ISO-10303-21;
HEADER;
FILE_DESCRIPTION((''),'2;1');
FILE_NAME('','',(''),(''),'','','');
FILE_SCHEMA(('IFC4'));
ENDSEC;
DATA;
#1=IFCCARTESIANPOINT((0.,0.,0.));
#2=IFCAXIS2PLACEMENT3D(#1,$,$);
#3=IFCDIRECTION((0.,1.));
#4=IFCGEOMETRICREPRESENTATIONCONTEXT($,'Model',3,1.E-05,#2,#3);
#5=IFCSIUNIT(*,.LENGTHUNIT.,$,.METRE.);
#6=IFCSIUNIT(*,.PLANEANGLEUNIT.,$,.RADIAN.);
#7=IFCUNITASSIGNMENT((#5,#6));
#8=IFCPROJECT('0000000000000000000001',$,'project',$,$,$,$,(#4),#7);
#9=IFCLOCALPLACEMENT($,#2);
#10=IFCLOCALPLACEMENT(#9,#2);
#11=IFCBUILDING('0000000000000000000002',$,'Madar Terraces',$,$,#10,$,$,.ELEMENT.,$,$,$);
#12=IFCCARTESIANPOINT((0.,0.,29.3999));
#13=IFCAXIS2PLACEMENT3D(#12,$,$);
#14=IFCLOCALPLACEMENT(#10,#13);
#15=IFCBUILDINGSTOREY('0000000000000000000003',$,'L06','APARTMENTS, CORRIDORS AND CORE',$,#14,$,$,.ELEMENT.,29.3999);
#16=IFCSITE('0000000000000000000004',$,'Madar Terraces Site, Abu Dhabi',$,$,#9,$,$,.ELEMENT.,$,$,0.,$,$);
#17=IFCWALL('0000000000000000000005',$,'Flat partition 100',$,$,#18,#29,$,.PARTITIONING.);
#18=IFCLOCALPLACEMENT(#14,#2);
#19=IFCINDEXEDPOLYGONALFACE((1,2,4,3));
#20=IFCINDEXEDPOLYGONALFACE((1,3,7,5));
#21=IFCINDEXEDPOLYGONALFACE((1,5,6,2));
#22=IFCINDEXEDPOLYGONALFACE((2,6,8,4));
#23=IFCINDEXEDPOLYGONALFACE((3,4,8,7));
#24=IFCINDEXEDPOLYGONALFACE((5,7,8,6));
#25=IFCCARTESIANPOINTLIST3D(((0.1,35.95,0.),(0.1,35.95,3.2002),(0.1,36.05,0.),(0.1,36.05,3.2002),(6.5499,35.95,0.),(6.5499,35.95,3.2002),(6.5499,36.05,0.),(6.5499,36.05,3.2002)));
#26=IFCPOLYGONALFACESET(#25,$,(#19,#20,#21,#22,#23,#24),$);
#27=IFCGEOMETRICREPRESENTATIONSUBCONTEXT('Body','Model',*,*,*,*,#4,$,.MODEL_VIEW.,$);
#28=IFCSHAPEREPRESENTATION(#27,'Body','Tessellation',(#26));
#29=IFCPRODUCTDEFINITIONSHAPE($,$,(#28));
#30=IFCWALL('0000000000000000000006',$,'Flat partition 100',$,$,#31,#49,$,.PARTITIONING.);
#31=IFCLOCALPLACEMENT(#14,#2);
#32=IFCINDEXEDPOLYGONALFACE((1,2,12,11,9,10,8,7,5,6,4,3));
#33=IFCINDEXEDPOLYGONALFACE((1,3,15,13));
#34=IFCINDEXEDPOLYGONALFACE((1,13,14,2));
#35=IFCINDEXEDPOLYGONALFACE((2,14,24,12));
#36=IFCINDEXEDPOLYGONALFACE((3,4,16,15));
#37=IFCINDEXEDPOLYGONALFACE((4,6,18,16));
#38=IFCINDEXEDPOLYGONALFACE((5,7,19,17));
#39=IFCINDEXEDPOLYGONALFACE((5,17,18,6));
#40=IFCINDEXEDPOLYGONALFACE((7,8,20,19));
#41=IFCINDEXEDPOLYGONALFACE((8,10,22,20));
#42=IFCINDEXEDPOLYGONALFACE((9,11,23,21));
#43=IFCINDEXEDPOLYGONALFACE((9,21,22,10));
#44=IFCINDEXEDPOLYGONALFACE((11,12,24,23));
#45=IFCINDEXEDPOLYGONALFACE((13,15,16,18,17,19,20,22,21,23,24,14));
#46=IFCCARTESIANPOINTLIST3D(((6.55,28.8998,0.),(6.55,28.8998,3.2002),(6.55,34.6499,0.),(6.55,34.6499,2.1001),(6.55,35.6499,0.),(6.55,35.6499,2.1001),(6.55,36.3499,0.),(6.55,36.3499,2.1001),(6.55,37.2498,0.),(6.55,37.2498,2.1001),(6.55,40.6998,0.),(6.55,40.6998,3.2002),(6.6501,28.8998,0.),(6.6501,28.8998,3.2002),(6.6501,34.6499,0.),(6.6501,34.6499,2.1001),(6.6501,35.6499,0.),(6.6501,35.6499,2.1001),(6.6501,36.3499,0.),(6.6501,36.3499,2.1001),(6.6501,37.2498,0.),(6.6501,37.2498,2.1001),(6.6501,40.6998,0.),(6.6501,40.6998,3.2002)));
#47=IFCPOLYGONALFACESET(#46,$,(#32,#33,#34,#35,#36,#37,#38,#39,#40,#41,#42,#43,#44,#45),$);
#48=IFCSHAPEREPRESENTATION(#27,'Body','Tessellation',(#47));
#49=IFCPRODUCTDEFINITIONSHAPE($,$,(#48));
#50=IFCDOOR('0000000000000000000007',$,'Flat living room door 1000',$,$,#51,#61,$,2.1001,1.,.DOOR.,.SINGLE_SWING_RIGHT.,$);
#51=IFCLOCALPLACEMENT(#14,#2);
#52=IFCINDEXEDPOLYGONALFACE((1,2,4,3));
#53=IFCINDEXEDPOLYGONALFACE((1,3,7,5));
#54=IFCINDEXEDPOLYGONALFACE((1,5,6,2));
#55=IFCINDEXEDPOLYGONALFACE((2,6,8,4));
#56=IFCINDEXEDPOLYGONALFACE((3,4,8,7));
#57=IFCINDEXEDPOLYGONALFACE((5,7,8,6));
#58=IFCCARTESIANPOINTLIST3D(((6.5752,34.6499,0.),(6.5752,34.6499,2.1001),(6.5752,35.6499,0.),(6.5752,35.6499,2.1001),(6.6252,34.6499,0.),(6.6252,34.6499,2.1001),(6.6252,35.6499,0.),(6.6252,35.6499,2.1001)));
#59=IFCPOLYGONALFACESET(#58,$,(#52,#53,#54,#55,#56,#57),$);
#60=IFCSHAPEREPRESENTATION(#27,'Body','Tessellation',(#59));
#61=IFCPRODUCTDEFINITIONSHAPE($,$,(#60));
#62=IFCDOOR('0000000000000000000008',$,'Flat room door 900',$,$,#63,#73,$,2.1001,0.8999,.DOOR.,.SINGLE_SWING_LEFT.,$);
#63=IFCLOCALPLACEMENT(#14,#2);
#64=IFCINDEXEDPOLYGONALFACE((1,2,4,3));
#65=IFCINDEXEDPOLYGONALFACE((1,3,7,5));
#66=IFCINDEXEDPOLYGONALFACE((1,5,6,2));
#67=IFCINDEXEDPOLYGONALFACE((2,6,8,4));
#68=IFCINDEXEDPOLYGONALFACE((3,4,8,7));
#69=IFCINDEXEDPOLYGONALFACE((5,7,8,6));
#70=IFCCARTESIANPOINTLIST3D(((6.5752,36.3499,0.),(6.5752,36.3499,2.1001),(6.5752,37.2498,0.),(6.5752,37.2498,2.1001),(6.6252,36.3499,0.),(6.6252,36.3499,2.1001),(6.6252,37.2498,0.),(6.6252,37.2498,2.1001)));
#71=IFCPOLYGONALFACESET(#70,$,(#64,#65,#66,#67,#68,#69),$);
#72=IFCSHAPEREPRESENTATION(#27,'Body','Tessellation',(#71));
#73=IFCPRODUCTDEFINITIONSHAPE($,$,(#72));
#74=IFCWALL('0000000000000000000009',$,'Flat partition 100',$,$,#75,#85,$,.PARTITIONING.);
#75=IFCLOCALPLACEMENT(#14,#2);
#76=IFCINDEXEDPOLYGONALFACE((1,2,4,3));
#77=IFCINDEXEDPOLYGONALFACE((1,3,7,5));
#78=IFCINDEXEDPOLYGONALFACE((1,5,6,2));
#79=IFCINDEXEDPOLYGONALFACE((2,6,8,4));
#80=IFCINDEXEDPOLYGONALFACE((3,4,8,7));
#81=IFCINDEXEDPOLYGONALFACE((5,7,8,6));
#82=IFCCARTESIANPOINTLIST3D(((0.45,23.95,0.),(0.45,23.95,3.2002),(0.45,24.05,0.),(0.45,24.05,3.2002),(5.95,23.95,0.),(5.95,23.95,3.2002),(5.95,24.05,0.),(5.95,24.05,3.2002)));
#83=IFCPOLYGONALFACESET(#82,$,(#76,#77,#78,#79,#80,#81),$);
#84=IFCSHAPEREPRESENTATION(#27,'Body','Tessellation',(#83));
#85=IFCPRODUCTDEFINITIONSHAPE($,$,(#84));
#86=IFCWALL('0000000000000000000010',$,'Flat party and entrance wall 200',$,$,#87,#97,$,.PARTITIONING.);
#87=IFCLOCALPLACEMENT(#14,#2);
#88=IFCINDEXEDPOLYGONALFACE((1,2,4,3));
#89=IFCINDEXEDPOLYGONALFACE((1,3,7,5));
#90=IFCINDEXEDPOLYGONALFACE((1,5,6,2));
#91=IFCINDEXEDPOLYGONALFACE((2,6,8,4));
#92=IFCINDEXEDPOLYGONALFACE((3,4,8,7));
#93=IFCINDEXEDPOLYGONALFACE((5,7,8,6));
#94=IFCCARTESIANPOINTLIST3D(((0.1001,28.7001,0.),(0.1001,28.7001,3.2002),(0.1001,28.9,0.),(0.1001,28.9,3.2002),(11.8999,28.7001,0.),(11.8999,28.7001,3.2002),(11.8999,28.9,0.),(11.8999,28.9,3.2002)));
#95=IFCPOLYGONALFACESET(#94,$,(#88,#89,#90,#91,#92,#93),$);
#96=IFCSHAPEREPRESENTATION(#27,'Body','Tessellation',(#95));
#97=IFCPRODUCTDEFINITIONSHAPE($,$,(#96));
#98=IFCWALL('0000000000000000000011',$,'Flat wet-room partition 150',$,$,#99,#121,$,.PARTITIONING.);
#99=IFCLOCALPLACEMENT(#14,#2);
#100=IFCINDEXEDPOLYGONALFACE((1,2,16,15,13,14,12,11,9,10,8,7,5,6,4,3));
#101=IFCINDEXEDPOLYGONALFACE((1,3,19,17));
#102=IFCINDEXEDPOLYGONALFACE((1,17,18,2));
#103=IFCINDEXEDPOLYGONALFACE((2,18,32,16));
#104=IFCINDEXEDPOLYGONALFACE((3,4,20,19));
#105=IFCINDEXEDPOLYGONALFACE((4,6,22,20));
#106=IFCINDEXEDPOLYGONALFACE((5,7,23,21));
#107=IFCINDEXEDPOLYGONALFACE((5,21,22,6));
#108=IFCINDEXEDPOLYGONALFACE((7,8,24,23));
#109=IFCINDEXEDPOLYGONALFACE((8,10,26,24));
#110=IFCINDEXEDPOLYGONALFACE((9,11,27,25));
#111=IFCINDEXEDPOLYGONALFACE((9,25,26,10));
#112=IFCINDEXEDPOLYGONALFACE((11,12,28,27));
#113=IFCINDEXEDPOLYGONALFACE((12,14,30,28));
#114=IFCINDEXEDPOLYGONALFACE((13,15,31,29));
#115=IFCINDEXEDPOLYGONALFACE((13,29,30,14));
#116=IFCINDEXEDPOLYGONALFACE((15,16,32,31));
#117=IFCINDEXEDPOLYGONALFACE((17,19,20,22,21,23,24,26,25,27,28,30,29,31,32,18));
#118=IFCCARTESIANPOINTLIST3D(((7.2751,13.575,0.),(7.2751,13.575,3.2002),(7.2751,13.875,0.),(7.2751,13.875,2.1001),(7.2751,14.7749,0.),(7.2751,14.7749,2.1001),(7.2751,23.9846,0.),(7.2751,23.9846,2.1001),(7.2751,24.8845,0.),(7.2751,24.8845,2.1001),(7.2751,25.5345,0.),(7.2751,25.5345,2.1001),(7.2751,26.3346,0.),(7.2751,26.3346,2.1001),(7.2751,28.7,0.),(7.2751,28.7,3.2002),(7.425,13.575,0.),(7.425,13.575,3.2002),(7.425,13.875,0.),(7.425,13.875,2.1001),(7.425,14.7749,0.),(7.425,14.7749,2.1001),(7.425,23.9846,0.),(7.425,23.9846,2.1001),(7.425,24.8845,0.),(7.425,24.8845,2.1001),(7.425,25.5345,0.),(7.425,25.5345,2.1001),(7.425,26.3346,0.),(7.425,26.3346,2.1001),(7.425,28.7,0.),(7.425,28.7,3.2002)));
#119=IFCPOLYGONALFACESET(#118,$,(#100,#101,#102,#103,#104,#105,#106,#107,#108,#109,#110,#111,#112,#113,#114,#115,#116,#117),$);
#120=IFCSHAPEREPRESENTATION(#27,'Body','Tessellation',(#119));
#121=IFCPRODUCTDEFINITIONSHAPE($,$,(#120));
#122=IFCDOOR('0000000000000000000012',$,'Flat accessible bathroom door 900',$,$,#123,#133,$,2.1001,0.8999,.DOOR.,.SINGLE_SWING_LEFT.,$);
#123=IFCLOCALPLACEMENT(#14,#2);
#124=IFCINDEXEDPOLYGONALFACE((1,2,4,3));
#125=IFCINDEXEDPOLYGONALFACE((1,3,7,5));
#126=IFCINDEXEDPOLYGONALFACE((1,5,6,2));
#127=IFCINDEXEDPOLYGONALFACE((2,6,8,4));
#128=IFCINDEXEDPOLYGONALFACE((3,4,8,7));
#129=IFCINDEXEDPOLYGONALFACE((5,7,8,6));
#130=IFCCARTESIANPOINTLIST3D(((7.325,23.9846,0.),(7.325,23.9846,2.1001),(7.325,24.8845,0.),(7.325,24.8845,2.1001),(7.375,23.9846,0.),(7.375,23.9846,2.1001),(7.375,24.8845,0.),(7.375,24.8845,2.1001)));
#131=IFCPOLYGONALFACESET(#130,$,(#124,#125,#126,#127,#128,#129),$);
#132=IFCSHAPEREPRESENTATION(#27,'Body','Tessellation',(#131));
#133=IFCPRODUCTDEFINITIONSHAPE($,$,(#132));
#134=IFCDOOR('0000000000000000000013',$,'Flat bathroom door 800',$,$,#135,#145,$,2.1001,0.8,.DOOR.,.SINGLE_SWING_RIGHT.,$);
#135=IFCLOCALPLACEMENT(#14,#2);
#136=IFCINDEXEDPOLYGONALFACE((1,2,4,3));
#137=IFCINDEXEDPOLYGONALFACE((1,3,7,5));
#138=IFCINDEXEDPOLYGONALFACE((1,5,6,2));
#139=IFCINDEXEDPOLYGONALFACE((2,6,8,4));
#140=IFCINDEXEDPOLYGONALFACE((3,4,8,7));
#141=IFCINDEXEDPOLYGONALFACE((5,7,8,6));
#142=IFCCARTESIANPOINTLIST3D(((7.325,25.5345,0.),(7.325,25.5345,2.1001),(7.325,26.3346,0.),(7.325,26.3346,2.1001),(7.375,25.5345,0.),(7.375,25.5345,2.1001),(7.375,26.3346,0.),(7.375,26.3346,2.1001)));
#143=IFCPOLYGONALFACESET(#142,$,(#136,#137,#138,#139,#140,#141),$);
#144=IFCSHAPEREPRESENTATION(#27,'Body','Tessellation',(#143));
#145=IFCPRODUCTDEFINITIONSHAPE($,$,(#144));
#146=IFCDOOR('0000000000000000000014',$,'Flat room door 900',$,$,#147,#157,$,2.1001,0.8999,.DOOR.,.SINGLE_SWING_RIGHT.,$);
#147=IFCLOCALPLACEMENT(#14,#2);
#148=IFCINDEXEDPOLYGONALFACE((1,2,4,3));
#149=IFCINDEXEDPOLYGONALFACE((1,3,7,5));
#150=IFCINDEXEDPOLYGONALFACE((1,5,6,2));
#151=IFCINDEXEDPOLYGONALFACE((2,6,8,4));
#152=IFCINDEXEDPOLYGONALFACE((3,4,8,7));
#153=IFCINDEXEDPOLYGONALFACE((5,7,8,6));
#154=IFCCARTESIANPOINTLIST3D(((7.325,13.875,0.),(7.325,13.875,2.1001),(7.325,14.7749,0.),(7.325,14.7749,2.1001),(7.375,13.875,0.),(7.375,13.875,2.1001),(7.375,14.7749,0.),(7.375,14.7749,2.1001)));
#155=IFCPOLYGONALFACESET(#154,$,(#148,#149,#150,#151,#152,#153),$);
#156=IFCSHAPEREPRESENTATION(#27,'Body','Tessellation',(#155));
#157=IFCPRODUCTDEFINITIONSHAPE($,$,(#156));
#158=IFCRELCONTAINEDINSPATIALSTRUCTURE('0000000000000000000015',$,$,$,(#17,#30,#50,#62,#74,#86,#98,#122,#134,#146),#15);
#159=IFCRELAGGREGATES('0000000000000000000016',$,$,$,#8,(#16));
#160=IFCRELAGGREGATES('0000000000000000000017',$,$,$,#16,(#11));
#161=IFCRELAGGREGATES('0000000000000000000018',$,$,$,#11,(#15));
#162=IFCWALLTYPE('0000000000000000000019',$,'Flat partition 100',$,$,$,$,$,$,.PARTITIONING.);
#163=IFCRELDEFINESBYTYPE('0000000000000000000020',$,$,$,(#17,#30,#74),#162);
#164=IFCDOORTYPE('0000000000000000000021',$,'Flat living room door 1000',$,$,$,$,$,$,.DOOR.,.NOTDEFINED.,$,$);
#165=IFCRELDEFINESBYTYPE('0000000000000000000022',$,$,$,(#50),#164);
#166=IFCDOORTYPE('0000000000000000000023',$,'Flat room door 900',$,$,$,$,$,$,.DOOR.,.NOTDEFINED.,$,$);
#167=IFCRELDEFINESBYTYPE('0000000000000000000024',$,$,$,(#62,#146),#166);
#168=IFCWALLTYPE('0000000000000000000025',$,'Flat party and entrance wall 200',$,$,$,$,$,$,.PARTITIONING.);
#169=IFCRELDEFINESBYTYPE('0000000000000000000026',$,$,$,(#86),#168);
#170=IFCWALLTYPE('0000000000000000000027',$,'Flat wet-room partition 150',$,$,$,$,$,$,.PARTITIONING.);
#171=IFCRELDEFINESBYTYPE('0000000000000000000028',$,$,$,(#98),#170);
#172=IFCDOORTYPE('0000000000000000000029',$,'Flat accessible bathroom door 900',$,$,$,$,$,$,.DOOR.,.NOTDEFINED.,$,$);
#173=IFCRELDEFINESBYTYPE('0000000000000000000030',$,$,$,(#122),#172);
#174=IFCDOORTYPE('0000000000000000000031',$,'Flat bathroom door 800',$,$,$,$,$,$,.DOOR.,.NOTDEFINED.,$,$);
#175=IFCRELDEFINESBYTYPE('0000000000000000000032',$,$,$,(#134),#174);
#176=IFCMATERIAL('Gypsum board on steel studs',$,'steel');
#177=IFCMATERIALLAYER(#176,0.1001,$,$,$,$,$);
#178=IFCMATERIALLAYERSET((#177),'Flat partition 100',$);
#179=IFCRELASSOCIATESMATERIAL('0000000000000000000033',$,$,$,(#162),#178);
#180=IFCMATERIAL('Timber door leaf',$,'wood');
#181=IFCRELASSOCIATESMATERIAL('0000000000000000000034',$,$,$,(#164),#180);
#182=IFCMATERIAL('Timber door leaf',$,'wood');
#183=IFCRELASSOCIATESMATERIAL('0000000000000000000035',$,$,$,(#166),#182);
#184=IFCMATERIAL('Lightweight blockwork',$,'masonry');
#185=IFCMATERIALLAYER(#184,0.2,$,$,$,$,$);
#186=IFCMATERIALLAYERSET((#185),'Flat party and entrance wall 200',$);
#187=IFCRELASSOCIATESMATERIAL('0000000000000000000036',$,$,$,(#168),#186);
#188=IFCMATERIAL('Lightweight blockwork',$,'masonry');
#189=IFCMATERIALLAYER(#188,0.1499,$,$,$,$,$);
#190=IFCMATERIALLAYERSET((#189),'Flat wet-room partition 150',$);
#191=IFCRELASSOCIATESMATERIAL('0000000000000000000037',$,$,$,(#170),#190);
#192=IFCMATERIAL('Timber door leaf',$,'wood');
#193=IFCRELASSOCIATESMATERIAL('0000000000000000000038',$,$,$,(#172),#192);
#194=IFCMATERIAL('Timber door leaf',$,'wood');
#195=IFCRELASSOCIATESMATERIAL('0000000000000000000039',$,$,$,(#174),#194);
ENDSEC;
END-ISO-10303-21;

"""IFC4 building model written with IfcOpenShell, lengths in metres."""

from ifc_helpers import new_model, si_unit, direction, frame, frame_2d, origin, place, context, subcontext, project, spatial, rectangle, extrude, material, layer, layer_set, type_object, element, fill, save


model = new_model("IFC4")

# Units and contexts
model_context = context("Model", 3, precision=1e-05, world=origin(), true_north=direction((0.0, 1.0)))
body_context = subcontext(model_context, "Body", "Model", "MODEL_VIEW")
ifc_project = project(units=[si_unit("LENGTHUNIT", "METRE"), si_unit("PLANEANGLEUNIT", "RADIAN")], contexts=[model_context])

# Site, building, storey
site_placement = place(None, origin())
site = spatial("IfcSite", under=ifc_project, at=site_placement, Name="Madar Terraces Site, Abu Dhabi", CompositionType="ELEMENT", RefElevation=0.0)
building_placement = place(site_placement, origin())
building = spatial("IfcBuilding", under=site, at=building_placement, Name="Madar Terraces", CompositionType="ELEMENT")
storey_placement = place(building_placement, frame((0.0, 0.0, 29.3999)))
storey = spatial("IfcBuildingStorey", under=building, at=storey_placement, Name="L06", Description="APARTMENTS, CORRIDORS AND CORE", CompositionType="ELEMENT", Elevation=29.3999)

# Wall
ifc_material_1 = material(Name="Gypsum board on steel studs", Category="steel")
ifc_layer_1 = layer(ifc_material_1, 0.1001)
ifc_layer_set_1 = layer_set([ifc_layer_1], Name="Flat partition 100")
wall_type_1 = type_object("IfcWallType", Name="Flat partition 100", PredefinedType="PARTITIONING", material=ifc_layer_set_1)
wall_1_placement = place(storey_placement, frame((6.55, 36.0, 0.0), z_axis=(0.0, 0.0, 1.0), x_axis=(-1.0, 0.0, 0.0)))
element("IfcWall", 1, at=wall_1_placement, inside=storey, type_object=wall_type_1, Name="Flat partition 100", PredefinedType="PARTITIONING", context=body_context, shape_type="SweptSolid", body=[
    extrude(rectangle(XDim=6.45, YDim=0.1001, at=frame_2d((3.2251, 0.0))), origin(), (0.0, 0.0, 1.0), 3.2002),
])

# Wall, openings, doors
wall_2_placement = place(storey_placement, frame((6.6001, 28.8999, 0.0), z_axis=(0.0, 0.0, 1.0), x_axis=(0.0, 1.0, 0.0)))
wall_2 = element("IfcWall", 2, at=wall_2_placement, inside=storey, type_object=wall_type_1, Name="Flat partition 100", PredefinedType="PARTITIONING", context=body_context, shape_type="SweptSolid", body=[
    extrude(rectangle(XDim=11.8, YDim=0.1001, at=frame_2d((5.8999, 0.0))), origin(), (0.0, 0.0, 1.0), 3.2002),
])
opening_1_placement = place(wall_2_placement, frame((5.75, 0.0, 0.0)))
opening_1 = element("IfcOpeningElement", 3, at=opening_1_placement, cuts=wall_2, PredefinedType="OPENING", context=body_context, shape_type="SweptSolid", body=[
    extrude(rectangle(XDim=1.0, YDim=2.1001, at=frame_2d((0.5, 1.05))), frame((0.0, 0.0601, 0.0), z_axis=(0.0, -1.0, 0.0), x_axis=(1.0, 0.0, 0.0)), (0.0, 0.0, 1.0), 0.1201),
])
opening_2_placement = place(wall_2_placement, frame((7.45, 0.0, 0.0)))
opening_2 = element("IfcOpeningElement", 4, at=opening_2_placement, cuts=wall_2, PredefinedType="OPENING", context=body_context, shape_type="SweptSolid", body=[
    extrude(rectangle(XDim=0.8999, YDim=2.1001, at=frame_2d((0.45, 1.05))), frame((0.0, 0.0601, 0.0), z_axis=(0.0, -1.0, 0.0), x_axis=(1.0, 0.0, 0.0)), (0.0, 0.0, 1.0), 0.1201),
])
ifc_material_2 = material(Name="Timber door leaf", Category="wood")
door_type_1 = type_object("IfcDoorType", Name="Flat living room door 1000", OperationType="NOTDEFINED", PredefinedType="DOOR", material=ifc_material_2)
door_1_placement = place(opening_1_placement, origin())
door_1 = element("IfcDoor", 5, at=door_1_placement, inside=storey, type_object=door_type_1, Name="Flat living room door 1000", OperationType="SINGLE_SWING_RIGHT", OverallHeight=2.1001, OverallWidth=1.0, PredefinedType="DOOR", context=body_context, shape_type="SweptSolid", body=[
    extrude(rectangle(XDim=1.0, YDim=2.1001, at=frame_2d((0.5, 1.05))), frame((0.0, 0.0249, 0.0), z_axis=(0.0, -1.0, 0.0), x_axis=(1.0, 0.0, 0.0)), (0.0, 0.0, 1.0), 0.05),
])
fill(opening_1, door_1)
ifc_material_3 = material(Name="Timber door leaf", Category="wood")
door_type_2 = type_object("IfcDoorType", Name="Flat room door 900", OperationType="NOTDEFINED", PredefinedType="DOOR", material=ifc_material_3)
door_2_placement = place(opening_2_placement, origin())
door_2 = element("IfcDoor", 6, at=door_2_placement, inside=storey, type_object=door_type_2, Name="Flat room door 900", OperationType="SINGLE_SWING_LEFT", OverallHeight=2.1001, OverallWidth=0.8999, PredefinedType="DOOR", context=body_context, shape_type="SweptSolid", body=[
    extrude(rectangle(XDim=0.8999, YDim=2.1001, at=frame_2d((0.45, 1.05))), frame((0.0, 0.0249, 0.0), z_axis=(0.0, -1.0, 0.0), x_axis=(1.0, 0.0, 0.0)), (0.0, 0.0, 1.0), 0.05),
])
fill(opening_2, door_2)

# Walls
wall_3_placement = place(storey_placement, frame((5.95, 24.0, 0.0), z_axis=(0.0, 0.0, 1.0), x_axis=(-1.0, 0.0, 0.0)))
element("IfcWall", 7, at=wall_3_placement, inside=storey, type_object=wall_type_1, Name="Flat partition 100", PredefinedType="PARTITIONING", context=body_context, shape_type="SweptSolid", body=[
    extrude(rectangle(XDim=5.5, YDim=0.1001, at=frame_2d((2.75, 0.0))), origin(), (0.0, 0.0, 1.0), 3.2002),
])
ifc_material_4 = material(Name="Lightweight blockwork", Category="masonry")
ifc_layer_2 = layer(ifc_material_4, 0.2)
ifc_layer_set_2 = layer_set([ifc_layer_2], Name="Flat party and entrance wall 200")
wall_type_2 = type_object("IfcWallType", Name="Flat party and entrance wall 200", PredefinedType="PARTITIONING", material=ifc_layer_set_2)
wall_4_placement = place(storey_placement, frame((0.1001, 28.8, 0.0), z_axis=(0.0, 0.0, 1.0), x_axis=(1.0, 0.0, 0.0)))
element("IfcWall", 8, at=wall_4_placement, inside=storey, type_object=wall_type_2, Name="Flat party and entrance wall 200", PredefinedType="PARTITIONING", context=body_context, shape_type="SweptSolid", body=[
    extrude(rectangle(XDim=11.7998, YDim=0.2, at=frame_2d((5.8999, 0.0))), origin(), (0.0, 0.0, 1.0), 3.2002),
])

# Wall, openings, doors
ifc_material_5 = material(Name="Lightweight blockwork", Category="masonry")
ifc_layer_3 = layer(ifc_material_5, 0.1499)
ifc_layer_set_3 = layer_set([ifc_layer_3], Name="Flat wet-room partition 150")
wall_type_3 = type_object("IfcWallType", Name="Flat wet-room partition 150", PredefinedType="PARTITIONING", material=ifc_layer_set_3)
wall_5_placement = place(storey_placement, frame((7.3501, 28.7, 0.0), z_axis=(0.0, 0.0, 1.0), x_axis=(0.0, -1.0, 0.0)))
wall_5 = element("IfcWall", 9, at=wall_5_placement, inside=storey, type_object=wall_type_3, Name="Flat wet-room partition 150", PredefinedType="PARTITIONING", context=body_context, shape_type="SweptSolid", body=[
    extrude(rectangle(XDim=15.125, YDim=0.1499, at=frame_2d((7.5625, 0.0))), origin(), (0.0, 0.0, 1.0), 3.2002),
])
opening_3_placement = place(wall_5_placement, frame((13.925, 0.0, 0.0)))
opening_3 = element("IfcOpeningElement", 10, at=opening_3_placement, cuts=wall_5, PredefinedType="OPENING", context=body_context, shape_type="SweptSolid", body=[
    extrude(rectangle(XDim=0.8999, YDim=2.1001, at=frame_2d((0.45, 1.05))), frame((0.0, 0.085, 0.0), z_axis=(0.0, -1.0, 0.0), x_axis=(1.0, 0.0, 0.0)), (0.0, 0.0, 1.0), 0.1699),
])
opening_4_placement = place(wall_5_placement, frame((3.8154, 0.0, 0.0)))
opening_4 = element("IfcOpeningElement", 11, at=opening_4_placement, cuts=wall_5, PredefinedType="OPENING", context=body_context, shape_type="SweptSolid", body=[
    extrude(rectangle(XDim=0.8999, YDim=2.1001, at=frame_2d((0.45, 1.05))), frame((0.0, 0.085, 0.0), z_axis=(0.0, -1.0, 0.0), x_axis=(1.0, 0.0, 0.0)), (0.0, 0.0, 1.0), 0.1699),
])
opening_5_placement = place(wall_5_placement, frame((2.3655, 0.0, 0.0)))
opening_5 = element("IfcOpeningElement", 12, at=opening_5_placement, cuts=wall_5, PredefinedType="OPENING", context=body_context, shape_type="SweptSolid", body=[
    extrude(rectangle(XDim=0.8, YDim=2.1001, at=frame_2d((0.3999, 1.05))), frame((0.0, 0.085, 0.0), z_axis=(0.0, -1.0, 0.0), x_axis=(1.0, 0.0, 0.0)), (0.0, 0.0, 1.0), 0.1699),
])
ifc_material_6 = material(Name="Timber door leaf", Category="wood")
door_type_3 = type_object("IfcDoorType", Name="Flat accessible bathroom door 900", OperationType="NOTDEFINED", PredefinedType="DOOR", material=ifc_material_6)
door_3_placement = place(opening_4_placement, origin())
door_3 = element("IfcDoor", 13, at=door_3_placement, inside=storey, type_object=door_type_3, Name="Flat accessible bathroom door 900", OperationType="SINGLE_SWING_LEFT", OverallHeight=2.1001, OverallWidth=0.8999, PredefinedType="DOOR", context=body_context, shape_type="SweptSolid", body=[
    extrude(rectangle(XDim=0.8999, YDim=2.1001, at=frame_2d((0.45, 1.05))), frame((0.0, 0.0249, 0.0), z_axis=(0.0, -1.0, 0.0), x_axis=(1.0, 0.0, 0.0)), (0.0, 0.0, 1.0), 0.05),
])
fill(opening_4, door_3)
ifc_material_7 = material(Name="Timber door leaf", Category="wood")
door_type_4 = type_object("IfcDoorType", Name="Flat bathroom door 800", OperationType="NOTDEFINED", PredefinedType="DOOR", material=ifc_material_7)
door_4_placement = place(opening_5_placement, origin())
door_4 = element("IfcDoor", 14, at=door_4_placement, inside=storey, type_object=door_type_4, Name="Flat bathroom door 800", OperationType="SINGLE_SWING_RIGHT", OverallHeight=2.1001, OverallWidth=0.8, PredefinedType="DOOR", context=body_context, shape_type="SweptSolid", body=[
    extrude(rectangle(XDim=0.8, YDim=2.1001, at=frame_2d((0.3999, 1.05))), frame((0.0, 0.0249, 0.0), z_axis=(0.0, -1.0, 0.0), x_axis=(1.0, 0.0, 0.0)), (0.0, 0.0, 1.0), 0.05),
])
fill(opening_5, door_4)
door_5_placement = place(opening_3_placement, origin())
door_5 = element("IfcDoor", 15, at=door_5_placement, inside=storey, type_object=door_type_2, Name="Flat room door 900", OperationType="SINGLE_SWING_RIGHT", OverallHeight=2.1001, OverallWidth=0.8999, PredefinedType="DOOR", context=body_context, shape_type="SweptSolid", body=[
    extrude(rectangle(XDim=0.8999, YDim=2.1001, at=frame_2d((0.45, 1.05))), frame((0.0, 0.0249, 0.0), z_axis=(0.0, -1.0, 0.0), x_axis=(1.0, 0.0, 0.0)), (0.0, 0.0, 1.0), 0.05),
])
fill(opening_3, door_5)

save(model, "model.ifc")
